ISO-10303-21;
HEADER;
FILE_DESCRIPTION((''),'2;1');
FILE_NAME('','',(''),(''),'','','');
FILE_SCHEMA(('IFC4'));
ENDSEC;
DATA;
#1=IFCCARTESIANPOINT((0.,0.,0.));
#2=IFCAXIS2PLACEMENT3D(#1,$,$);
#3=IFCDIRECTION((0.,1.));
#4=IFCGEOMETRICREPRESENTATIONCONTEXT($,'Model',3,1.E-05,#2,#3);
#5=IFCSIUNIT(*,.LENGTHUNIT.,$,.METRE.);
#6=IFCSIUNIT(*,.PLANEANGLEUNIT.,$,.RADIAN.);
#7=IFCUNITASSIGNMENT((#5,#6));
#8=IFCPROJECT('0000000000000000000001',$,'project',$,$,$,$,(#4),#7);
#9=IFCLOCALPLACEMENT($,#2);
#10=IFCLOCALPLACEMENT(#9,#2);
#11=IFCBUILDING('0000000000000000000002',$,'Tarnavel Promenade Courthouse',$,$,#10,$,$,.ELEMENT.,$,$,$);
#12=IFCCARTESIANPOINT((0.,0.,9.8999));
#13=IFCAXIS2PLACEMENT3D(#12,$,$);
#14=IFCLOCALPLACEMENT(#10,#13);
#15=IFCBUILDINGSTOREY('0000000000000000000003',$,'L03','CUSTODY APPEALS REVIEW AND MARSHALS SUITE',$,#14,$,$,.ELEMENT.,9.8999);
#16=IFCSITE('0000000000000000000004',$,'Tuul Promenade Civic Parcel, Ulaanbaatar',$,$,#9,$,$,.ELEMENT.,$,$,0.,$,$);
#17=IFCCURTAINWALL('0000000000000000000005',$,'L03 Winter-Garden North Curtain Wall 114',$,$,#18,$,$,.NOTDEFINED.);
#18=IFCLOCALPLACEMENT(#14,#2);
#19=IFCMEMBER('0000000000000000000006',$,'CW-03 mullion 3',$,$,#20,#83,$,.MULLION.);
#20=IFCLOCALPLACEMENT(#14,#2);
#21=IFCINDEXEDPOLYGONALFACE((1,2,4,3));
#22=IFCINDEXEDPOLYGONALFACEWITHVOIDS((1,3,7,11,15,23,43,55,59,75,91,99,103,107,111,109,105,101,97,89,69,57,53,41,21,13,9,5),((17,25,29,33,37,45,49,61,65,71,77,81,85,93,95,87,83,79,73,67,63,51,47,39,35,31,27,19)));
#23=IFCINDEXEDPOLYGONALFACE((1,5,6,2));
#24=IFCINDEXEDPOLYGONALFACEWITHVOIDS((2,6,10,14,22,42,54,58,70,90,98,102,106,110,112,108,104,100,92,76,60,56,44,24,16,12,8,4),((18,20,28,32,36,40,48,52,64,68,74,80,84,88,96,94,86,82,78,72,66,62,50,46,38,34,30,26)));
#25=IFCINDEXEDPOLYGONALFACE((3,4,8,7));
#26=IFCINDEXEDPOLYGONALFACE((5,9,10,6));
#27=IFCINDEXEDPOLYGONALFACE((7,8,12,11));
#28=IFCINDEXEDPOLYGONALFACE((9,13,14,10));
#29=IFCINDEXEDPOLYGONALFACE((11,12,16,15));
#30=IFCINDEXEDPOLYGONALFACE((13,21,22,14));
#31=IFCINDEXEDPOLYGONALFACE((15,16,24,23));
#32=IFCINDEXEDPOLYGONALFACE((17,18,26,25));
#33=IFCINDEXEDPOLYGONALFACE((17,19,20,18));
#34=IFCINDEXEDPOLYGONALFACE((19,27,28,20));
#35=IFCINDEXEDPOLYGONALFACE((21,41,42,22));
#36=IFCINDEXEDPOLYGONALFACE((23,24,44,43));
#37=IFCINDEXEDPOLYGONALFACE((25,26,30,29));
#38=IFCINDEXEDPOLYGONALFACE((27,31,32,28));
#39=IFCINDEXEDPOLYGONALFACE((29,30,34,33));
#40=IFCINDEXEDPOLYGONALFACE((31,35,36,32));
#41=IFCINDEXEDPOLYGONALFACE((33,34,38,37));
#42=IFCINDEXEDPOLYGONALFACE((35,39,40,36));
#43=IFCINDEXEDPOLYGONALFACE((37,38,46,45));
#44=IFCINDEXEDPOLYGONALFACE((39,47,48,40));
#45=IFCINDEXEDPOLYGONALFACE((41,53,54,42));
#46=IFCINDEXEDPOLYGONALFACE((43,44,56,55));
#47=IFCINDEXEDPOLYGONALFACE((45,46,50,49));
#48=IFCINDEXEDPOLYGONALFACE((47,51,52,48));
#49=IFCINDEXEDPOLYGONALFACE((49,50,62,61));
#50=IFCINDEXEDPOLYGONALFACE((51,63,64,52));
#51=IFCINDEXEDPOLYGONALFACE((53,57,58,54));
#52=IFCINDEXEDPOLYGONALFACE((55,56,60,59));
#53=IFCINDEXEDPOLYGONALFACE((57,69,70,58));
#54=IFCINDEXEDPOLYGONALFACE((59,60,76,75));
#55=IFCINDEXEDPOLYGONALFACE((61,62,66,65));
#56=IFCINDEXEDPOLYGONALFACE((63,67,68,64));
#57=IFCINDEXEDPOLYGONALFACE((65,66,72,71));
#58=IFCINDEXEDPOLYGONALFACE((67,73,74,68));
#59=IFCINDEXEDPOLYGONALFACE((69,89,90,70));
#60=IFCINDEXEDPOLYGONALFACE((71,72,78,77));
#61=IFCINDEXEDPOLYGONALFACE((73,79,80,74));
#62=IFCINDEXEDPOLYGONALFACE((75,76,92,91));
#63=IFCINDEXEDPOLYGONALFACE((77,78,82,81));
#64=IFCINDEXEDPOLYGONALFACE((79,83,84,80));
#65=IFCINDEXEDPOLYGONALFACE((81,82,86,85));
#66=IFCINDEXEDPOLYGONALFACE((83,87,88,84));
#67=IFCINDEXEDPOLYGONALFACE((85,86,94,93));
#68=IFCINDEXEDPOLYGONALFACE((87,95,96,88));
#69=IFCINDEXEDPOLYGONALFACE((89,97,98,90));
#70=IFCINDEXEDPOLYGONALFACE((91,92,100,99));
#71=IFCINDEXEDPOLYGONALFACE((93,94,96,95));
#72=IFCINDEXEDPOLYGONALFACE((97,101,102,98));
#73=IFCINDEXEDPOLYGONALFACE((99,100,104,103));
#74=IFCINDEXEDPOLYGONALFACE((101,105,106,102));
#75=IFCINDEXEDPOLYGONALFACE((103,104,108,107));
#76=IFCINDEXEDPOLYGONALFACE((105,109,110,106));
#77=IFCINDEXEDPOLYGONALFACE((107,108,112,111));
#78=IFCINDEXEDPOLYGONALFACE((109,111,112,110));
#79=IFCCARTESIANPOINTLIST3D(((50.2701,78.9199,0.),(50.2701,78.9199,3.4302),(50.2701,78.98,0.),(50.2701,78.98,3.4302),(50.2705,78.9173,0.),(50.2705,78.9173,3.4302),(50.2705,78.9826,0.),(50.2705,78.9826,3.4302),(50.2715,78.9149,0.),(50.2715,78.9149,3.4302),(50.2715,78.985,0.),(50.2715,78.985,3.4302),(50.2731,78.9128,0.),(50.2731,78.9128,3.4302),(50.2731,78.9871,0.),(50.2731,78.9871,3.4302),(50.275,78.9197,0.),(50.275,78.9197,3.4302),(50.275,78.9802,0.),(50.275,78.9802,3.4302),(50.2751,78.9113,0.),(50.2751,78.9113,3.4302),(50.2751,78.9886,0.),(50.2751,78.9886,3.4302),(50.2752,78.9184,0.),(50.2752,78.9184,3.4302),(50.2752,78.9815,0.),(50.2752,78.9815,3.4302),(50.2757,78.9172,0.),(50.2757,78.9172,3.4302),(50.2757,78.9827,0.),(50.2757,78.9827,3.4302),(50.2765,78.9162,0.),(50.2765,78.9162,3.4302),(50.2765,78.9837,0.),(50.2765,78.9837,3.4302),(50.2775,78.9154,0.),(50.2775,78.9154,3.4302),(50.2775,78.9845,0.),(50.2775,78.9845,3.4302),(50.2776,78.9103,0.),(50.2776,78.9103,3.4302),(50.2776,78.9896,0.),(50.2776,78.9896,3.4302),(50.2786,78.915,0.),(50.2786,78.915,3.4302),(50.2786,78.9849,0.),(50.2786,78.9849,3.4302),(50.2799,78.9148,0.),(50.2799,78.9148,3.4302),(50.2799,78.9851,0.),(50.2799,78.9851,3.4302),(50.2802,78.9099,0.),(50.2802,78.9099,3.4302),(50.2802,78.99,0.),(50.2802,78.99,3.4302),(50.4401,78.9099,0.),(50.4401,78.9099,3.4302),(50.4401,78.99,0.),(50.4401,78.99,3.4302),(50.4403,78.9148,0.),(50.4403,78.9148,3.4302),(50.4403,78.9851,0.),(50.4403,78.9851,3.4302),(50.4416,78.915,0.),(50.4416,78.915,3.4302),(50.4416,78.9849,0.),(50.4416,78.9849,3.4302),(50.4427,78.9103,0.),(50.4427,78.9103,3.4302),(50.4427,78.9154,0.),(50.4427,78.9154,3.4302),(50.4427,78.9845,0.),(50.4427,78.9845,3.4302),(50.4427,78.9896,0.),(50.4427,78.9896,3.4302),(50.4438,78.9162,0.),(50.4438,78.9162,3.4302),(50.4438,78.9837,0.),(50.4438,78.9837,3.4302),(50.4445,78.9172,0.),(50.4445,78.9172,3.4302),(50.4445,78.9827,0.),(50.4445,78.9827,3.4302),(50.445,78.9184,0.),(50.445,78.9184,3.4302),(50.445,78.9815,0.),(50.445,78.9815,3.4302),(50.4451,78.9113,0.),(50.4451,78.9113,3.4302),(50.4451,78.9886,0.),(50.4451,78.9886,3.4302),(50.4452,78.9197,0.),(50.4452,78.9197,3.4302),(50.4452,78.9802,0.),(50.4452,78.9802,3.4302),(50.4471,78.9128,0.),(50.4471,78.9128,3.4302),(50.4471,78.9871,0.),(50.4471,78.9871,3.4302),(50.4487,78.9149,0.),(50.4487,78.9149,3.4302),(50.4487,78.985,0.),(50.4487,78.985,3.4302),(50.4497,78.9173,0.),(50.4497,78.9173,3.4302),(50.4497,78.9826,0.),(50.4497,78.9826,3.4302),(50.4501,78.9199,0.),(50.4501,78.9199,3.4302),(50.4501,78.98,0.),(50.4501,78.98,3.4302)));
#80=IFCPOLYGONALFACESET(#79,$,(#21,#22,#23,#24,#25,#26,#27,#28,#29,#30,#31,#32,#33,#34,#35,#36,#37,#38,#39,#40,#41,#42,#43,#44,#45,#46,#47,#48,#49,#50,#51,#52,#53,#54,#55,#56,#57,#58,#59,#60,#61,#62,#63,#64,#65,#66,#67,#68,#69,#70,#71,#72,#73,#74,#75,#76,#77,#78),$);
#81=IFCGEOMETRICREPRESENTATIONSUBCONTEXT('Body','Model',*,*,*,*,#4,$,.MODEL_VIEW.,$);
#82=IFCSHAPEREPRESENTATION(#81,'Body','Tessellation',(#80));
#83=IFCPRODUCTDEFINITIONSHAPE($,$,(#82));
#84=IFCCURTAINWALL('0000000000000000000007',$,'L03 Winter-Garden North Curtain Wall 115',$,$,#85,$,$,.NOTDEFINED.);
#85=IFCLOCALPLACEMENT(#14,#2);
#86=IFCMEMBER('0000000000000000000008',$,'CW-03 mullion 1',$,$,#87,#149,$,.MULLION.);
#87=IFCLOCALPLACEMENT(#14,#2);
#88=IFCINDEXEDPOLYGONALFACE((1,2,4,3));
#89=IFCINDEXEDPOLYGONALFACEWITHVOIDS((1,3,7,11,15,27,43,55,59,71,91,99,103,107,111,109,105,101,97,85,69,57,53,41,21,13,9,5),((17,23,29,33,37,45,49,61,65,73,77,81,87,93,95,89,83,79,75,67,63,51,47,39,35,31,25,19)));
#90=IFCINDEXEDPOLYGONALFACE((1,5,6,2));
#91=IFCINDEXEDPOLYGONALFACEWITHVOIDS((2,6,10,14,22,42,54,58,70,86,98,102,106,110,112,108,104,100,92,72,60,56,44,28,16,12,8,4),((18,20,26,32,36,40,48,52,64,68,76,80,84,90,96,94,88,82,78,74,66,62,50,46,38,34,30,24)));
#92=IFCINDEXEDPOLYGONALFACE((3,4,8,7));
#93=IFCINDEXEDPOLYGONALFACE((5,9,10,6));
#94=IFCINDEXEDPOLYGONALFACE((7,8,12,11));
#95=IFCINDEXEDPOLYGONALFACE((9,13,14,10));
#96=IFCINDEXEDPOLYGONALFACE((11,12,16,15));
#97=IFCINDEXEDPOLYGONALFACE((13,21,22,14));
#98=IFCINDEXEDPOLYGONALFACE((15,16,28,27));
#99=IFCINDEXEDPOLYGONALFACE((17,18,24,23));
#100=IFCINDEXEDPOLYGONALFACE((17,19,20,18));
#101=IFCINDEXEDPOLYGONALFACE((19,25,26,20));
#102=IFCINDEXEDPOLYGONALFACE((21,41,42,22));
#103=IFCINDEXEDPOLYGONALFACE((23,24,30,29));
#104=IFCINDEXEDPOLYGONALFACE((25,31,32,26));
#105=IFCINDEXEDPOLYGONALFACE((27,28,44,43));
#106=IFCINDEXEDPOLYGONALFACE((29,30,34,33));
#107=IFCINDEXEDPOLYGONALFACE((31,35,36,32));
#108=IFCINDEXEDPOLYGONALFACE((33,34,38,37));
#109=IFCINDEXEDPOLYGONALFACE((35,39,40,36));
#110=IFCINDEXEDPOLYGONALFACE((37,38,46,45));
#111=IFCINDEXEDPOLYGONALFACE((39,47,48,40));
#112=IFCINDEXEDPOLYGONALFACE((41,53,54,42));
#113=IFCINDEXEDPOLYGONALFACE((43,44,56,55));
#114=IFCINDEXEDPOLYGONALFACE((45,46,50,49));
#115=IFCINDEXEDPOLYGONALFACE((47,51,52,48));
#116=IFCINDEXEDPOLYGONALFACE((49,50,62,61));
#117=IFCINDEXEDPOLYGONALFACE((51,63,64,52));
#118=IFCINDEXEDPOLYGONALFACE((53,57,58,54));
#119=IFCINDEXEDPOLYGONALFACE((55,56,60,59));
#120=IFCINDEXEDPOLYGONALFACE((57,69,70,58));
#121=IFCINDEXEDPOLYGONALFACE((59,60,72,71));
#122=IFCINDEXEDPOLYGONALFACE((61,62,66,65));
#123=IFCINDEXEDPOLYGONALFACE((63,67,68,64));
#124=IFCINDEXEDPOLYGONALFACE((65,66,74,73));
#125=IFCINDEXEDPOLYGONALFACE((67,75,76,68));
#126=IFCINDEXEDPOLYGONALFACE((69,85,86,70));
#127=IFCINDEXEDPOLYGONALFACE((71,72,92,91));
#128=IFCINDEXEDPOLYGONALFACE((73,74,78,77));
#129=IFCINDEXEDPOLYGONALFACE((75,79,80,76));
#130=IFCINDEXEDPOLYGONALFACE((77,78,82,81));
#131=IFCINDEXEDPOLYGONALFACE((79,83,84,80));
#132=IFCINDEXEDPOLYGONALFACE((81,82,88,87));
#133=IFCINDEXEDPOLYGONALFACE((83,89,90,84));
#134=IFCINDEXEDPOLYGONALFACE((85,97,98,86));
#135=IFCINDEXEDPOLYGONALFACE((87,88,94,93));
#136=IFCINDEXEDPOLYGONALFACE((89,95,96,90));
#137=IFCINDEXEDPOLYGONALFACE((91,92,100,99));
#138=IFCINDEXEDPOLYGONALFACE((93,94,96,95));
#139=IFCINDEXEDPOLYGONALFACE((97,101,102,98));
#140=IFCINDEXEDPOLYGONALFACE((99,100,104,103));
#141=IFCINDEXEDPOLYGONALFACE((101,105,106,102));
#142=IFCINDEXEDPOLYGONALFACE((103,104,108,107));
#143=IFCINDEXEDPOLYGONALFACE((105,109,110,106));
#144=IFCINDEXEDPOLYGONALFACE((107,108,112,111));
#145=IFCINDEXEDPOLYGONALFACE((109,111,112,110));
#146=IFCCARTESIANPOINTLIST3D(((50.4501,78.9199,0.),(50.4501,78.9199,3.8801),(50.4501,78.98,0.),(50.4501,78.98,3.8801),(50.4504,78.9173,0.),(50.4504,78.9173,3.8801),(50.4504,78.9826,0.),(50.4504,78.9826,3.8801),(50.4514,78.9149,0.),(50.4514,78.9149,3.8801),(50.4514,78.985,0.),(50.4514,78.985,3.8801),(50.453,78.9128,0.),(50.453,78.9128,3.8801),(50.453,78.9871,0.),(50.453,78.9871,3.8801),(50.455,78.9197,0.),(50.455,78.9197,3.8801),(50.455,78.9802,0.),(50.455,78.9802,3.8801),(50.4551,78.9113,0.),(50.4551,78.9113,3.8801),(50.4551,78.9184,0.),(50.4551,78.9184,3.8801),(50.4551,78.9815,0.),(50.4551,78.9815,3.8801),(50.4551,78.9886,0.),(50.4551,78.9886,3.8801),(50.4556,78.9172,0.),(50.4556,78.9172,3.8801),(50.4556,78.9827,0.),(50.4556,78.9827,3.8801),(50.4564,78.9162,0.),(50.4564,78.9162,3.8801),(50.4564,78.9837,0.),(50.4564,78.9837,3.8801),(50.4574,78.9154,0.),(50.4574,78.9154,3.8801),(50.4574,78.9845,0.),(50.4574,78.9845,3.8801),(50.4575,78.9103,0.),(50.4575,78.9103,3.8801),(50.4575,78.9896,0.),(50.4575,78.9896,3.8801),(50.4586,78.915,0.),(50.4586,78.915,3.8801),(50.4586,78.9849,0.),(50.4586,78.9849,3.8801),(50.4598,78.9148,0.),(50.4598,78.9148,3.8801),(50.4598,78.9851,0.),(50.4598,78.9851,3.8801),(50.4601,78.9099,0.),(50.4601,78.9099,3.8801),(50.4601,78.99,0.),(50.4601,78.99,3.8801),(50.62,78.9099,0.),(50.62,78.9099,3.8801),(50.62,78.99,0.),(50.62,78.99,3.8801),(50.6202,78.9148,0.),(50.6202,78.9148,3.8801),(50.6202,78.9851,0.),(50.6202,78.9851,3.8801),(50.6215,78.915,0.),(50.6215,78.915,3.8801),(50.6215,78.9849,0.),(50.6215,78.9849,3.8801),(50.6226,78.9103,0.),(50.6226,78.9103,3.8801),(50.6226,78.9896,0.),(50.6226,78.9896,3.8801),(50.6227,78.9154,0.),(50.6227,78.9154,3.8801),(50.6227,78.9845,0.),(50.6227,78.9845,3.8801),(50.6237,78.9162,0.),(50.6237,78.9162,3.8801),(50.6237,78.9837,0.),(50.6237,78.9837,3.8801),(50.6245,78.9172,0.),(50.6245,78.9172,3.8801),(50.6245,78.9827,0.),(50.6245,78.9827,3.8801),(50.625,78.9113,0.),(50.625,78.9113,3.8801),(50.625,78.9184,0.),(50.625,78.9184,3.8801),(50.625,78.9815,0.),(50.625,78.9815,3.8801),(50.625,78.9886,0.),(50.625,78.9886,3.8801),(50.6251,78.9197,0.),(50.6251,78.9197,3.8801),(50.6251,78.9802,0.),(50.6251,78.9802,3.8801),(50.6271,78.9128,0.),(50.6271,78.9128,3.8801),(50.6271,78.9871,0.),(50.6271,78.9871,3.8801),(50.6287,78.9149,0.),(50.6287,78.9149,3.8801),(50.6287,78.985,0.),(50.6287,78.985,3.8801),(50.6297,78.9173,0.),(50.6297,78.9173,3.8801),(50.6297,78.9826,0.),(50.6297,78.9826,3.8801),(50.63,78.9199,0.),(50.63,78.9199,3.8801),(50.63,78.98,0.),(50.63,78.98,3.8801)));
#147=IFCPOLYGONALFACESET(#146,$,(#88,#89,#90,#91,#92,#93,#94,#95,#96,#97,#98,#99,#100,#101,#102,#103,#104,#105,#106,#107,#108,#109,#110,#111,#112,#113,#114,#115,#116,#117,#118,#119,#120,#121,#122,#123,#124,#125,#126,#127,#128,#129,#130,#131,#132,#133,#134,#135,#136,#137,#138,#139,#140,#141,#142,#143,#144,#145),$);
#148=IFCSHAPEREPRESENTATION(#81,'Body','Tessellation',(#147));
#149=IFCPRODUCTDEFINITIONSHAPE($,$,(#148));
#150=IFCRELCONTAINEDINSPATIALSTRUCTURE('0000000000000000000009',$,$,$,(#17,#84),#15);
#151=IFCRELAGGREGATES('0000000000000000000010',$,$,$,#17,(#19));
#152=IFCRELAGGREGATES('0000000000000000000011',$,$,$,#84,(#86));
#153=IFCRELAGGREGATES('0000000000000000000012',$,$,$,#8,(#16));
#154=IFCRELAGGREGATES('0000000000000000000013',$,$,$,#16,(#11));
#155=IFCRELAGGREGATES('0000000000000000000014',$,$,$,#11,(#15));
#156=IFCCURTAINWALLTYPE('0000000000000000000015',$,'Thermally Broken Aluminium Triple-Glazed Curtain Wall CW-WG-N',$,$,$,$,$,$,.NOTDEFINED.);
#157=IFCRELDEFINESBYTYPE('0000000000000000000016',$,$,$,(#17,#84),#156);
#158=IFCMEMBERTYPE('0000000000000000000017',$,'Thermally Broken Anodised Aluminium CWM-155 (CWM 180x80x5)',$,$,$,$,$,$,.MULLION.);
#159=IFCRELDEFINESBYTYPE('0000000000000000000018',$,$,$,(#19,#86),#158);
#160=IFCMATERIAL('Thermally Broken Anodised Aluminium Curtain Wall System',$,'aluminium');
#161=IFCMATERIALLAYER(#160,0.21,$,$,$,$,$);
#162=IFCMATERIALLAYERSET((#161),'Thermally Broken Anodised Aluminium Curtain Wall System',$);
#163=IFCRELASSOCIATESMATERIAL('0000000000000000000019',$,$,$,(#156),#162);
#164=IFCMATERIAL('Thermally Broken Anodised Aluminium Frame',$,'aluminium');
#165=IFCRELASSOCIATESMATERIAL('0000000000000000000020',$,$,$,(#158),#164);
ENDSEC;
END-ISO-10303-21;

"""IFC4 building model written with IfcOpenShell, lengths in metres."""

from ifc_helpers import new_model, si_unit, direction, frame, origin, origin_2d, place, context, subcontext, project, spatial, hollow_rectangle, extrude, material, layer, layer_set, material_profile, profile_set, type_object, element, aggregate, save


model = new_model("IFC4")

# Units and contexts
model_context = context("Model", 3, precision=1e-05, world=origin(), true_north=direction((0.0, 1.0)))
body_context = subcontext(model_context, "Body", "Model", "MODEL_VIEW")
ifc_project = project(units=[si_unit("LENGTHUNIT", "METRE"), si_unit("PLANEANGLEUNIT", "RADIAN")], contexts=[model_context])

# Site, building, storey
site_placement = place(None, origin())
site = spatial("IfcSite", under=ifc_project, at=site_placement, Name="Tuul Promenade Civic Parcel, Ulaanbaatar", CompositionType="ELEMENT", RefElevation=0.0)
building_placement = place(site_placement, origin())
building = spatial("IfcBuilding", under=site, at=building_placement, Name="Tarnavel Promenade Courthouse", CompositionType="ELEMENT")
storey_placement = place(building_placement, frame((0.0, 0.0, 9.8999)))
storey = spatial("IfcBuildingStorey", under=building, at=storey_placement, Name="L03", Description="CUSTODY APPEALS REVIEW AND MARSHALS SUITE", CompositionType="ELEMENT", Elevation=9.8999)

# Curtain wall, member
ifc_material_1 = material(Name="Thermally Broken Anodised Aluminium Curtain Wall System", Category="aluminium")
ifc_layer_1 = layer(ifc_material_1, 0.21)
ifc_layer_set_1 = layer_set([ifc_layer_1], Name="Thermally Broken Anodised Aluminium Curtain Wall System")
curtain_wall_type = type_object("IfcCurtainWallType", Name="Thermally Broken Aluminium Triple-Glazed Curtain Wall CW-WG-N", PredefinedType="NOTDEFINED", material=ifc_layer_set_1)
curtain_wall_1_placement = place(storey_placement, origin())
curtain_wall_1 = element("IfcCurtainWall", 1, at=curtain_wall_1_placement, inside=storey, type_object=curtain_wall_type, Name="L03 Winter-Garden North Curtain Wall 114", PredefinedType="NOTDEFINED")
ifc_material_2 = material(Name="Thermally Broken Anodised Aluminium Frame", Category="aluminium")
ifc_material_profile_1 = material_profile(ifc_material_2, hollow_rectangle(XDim=0.0801, YDim=0.1799, WallThickness=0.0049, InnerFilletRadius=0.0049, OuterFilletRadius=0.01, at=origin_2d()), Name="CWM 180x80x5")
ifc_profile_set_1 = profile_set([ifc_material_profile_1], Name="Thermally Broken Anodised Aluminium Frame")
member_type_1 = type_object("IfcMemberType", Name="Thermally Broken Anodised Aluminium CWM-155 (CWM 180x80x5)", PredefinedType="MULLION", material=ifc_profile_set_1)
member_1_placement = place(storey_placement, frame((50.3601, 78.95, 0.0), z_axis=(0.0, 0.0, 1.0), x_axis=(0.0, 1.0, 0.0)))
member_1 = element("IfcMember", 2, at=member_1_placement, type_object=member_type_1, Name="CW-03 mullion 3", PredefinedType="MULLION", context=body_context, shape_type="SweptSolid", body=[
    extrude(hollow_rectangle(XDim=0.0801, YDim=0.1799, WallThickness=0.0049, InnerFilletRadius=0.0049, OuterFilletRadius=0.01, at=origin_2d()), origin(), (0.0, 0.0, 1.0), 3.4302),
])
aggregate(curtain_wall_1, [member_1])

# Curtain wall, member
curtain_wall_2_placement = place(storey_placement, origin())
curtain_wall_2 = element("IfcCurtainWall", 3, at=curtain_wall_2_placement, inside=storey, type_object=curtain_wall_type, Name="L03 Winter-Garden North Curtain Wall 115", PredefinedType="NOTDEFINED")
member_2_placement = place(storey_placement, frame((50.54, 78.95, 0.0), z_axis=(0.0, 0.0, 1.0), x_axis=(0.0, 1.0, 0.0)))
member_2 = element("IfcMember", 4, at=member_2_placement, type_object=member_type_1, Name="CW-03 mullion 1", PredefinedType="MULLION", context=body_context, shape_type="SweptSolid", body=[
    extrude(hollow_rectangle(XDim=0.0801, YDim=0.1799, WallThickness=0.0049, InnerFilletRadius=0.0049, OuterFilletRadius=0.01, at=origin_2d()), origin(), (0.0, 0.0, 1.0), 3.8801),
])
aggregate(curtain_wall_2, [member_2])

save(model, "model.ifc")
